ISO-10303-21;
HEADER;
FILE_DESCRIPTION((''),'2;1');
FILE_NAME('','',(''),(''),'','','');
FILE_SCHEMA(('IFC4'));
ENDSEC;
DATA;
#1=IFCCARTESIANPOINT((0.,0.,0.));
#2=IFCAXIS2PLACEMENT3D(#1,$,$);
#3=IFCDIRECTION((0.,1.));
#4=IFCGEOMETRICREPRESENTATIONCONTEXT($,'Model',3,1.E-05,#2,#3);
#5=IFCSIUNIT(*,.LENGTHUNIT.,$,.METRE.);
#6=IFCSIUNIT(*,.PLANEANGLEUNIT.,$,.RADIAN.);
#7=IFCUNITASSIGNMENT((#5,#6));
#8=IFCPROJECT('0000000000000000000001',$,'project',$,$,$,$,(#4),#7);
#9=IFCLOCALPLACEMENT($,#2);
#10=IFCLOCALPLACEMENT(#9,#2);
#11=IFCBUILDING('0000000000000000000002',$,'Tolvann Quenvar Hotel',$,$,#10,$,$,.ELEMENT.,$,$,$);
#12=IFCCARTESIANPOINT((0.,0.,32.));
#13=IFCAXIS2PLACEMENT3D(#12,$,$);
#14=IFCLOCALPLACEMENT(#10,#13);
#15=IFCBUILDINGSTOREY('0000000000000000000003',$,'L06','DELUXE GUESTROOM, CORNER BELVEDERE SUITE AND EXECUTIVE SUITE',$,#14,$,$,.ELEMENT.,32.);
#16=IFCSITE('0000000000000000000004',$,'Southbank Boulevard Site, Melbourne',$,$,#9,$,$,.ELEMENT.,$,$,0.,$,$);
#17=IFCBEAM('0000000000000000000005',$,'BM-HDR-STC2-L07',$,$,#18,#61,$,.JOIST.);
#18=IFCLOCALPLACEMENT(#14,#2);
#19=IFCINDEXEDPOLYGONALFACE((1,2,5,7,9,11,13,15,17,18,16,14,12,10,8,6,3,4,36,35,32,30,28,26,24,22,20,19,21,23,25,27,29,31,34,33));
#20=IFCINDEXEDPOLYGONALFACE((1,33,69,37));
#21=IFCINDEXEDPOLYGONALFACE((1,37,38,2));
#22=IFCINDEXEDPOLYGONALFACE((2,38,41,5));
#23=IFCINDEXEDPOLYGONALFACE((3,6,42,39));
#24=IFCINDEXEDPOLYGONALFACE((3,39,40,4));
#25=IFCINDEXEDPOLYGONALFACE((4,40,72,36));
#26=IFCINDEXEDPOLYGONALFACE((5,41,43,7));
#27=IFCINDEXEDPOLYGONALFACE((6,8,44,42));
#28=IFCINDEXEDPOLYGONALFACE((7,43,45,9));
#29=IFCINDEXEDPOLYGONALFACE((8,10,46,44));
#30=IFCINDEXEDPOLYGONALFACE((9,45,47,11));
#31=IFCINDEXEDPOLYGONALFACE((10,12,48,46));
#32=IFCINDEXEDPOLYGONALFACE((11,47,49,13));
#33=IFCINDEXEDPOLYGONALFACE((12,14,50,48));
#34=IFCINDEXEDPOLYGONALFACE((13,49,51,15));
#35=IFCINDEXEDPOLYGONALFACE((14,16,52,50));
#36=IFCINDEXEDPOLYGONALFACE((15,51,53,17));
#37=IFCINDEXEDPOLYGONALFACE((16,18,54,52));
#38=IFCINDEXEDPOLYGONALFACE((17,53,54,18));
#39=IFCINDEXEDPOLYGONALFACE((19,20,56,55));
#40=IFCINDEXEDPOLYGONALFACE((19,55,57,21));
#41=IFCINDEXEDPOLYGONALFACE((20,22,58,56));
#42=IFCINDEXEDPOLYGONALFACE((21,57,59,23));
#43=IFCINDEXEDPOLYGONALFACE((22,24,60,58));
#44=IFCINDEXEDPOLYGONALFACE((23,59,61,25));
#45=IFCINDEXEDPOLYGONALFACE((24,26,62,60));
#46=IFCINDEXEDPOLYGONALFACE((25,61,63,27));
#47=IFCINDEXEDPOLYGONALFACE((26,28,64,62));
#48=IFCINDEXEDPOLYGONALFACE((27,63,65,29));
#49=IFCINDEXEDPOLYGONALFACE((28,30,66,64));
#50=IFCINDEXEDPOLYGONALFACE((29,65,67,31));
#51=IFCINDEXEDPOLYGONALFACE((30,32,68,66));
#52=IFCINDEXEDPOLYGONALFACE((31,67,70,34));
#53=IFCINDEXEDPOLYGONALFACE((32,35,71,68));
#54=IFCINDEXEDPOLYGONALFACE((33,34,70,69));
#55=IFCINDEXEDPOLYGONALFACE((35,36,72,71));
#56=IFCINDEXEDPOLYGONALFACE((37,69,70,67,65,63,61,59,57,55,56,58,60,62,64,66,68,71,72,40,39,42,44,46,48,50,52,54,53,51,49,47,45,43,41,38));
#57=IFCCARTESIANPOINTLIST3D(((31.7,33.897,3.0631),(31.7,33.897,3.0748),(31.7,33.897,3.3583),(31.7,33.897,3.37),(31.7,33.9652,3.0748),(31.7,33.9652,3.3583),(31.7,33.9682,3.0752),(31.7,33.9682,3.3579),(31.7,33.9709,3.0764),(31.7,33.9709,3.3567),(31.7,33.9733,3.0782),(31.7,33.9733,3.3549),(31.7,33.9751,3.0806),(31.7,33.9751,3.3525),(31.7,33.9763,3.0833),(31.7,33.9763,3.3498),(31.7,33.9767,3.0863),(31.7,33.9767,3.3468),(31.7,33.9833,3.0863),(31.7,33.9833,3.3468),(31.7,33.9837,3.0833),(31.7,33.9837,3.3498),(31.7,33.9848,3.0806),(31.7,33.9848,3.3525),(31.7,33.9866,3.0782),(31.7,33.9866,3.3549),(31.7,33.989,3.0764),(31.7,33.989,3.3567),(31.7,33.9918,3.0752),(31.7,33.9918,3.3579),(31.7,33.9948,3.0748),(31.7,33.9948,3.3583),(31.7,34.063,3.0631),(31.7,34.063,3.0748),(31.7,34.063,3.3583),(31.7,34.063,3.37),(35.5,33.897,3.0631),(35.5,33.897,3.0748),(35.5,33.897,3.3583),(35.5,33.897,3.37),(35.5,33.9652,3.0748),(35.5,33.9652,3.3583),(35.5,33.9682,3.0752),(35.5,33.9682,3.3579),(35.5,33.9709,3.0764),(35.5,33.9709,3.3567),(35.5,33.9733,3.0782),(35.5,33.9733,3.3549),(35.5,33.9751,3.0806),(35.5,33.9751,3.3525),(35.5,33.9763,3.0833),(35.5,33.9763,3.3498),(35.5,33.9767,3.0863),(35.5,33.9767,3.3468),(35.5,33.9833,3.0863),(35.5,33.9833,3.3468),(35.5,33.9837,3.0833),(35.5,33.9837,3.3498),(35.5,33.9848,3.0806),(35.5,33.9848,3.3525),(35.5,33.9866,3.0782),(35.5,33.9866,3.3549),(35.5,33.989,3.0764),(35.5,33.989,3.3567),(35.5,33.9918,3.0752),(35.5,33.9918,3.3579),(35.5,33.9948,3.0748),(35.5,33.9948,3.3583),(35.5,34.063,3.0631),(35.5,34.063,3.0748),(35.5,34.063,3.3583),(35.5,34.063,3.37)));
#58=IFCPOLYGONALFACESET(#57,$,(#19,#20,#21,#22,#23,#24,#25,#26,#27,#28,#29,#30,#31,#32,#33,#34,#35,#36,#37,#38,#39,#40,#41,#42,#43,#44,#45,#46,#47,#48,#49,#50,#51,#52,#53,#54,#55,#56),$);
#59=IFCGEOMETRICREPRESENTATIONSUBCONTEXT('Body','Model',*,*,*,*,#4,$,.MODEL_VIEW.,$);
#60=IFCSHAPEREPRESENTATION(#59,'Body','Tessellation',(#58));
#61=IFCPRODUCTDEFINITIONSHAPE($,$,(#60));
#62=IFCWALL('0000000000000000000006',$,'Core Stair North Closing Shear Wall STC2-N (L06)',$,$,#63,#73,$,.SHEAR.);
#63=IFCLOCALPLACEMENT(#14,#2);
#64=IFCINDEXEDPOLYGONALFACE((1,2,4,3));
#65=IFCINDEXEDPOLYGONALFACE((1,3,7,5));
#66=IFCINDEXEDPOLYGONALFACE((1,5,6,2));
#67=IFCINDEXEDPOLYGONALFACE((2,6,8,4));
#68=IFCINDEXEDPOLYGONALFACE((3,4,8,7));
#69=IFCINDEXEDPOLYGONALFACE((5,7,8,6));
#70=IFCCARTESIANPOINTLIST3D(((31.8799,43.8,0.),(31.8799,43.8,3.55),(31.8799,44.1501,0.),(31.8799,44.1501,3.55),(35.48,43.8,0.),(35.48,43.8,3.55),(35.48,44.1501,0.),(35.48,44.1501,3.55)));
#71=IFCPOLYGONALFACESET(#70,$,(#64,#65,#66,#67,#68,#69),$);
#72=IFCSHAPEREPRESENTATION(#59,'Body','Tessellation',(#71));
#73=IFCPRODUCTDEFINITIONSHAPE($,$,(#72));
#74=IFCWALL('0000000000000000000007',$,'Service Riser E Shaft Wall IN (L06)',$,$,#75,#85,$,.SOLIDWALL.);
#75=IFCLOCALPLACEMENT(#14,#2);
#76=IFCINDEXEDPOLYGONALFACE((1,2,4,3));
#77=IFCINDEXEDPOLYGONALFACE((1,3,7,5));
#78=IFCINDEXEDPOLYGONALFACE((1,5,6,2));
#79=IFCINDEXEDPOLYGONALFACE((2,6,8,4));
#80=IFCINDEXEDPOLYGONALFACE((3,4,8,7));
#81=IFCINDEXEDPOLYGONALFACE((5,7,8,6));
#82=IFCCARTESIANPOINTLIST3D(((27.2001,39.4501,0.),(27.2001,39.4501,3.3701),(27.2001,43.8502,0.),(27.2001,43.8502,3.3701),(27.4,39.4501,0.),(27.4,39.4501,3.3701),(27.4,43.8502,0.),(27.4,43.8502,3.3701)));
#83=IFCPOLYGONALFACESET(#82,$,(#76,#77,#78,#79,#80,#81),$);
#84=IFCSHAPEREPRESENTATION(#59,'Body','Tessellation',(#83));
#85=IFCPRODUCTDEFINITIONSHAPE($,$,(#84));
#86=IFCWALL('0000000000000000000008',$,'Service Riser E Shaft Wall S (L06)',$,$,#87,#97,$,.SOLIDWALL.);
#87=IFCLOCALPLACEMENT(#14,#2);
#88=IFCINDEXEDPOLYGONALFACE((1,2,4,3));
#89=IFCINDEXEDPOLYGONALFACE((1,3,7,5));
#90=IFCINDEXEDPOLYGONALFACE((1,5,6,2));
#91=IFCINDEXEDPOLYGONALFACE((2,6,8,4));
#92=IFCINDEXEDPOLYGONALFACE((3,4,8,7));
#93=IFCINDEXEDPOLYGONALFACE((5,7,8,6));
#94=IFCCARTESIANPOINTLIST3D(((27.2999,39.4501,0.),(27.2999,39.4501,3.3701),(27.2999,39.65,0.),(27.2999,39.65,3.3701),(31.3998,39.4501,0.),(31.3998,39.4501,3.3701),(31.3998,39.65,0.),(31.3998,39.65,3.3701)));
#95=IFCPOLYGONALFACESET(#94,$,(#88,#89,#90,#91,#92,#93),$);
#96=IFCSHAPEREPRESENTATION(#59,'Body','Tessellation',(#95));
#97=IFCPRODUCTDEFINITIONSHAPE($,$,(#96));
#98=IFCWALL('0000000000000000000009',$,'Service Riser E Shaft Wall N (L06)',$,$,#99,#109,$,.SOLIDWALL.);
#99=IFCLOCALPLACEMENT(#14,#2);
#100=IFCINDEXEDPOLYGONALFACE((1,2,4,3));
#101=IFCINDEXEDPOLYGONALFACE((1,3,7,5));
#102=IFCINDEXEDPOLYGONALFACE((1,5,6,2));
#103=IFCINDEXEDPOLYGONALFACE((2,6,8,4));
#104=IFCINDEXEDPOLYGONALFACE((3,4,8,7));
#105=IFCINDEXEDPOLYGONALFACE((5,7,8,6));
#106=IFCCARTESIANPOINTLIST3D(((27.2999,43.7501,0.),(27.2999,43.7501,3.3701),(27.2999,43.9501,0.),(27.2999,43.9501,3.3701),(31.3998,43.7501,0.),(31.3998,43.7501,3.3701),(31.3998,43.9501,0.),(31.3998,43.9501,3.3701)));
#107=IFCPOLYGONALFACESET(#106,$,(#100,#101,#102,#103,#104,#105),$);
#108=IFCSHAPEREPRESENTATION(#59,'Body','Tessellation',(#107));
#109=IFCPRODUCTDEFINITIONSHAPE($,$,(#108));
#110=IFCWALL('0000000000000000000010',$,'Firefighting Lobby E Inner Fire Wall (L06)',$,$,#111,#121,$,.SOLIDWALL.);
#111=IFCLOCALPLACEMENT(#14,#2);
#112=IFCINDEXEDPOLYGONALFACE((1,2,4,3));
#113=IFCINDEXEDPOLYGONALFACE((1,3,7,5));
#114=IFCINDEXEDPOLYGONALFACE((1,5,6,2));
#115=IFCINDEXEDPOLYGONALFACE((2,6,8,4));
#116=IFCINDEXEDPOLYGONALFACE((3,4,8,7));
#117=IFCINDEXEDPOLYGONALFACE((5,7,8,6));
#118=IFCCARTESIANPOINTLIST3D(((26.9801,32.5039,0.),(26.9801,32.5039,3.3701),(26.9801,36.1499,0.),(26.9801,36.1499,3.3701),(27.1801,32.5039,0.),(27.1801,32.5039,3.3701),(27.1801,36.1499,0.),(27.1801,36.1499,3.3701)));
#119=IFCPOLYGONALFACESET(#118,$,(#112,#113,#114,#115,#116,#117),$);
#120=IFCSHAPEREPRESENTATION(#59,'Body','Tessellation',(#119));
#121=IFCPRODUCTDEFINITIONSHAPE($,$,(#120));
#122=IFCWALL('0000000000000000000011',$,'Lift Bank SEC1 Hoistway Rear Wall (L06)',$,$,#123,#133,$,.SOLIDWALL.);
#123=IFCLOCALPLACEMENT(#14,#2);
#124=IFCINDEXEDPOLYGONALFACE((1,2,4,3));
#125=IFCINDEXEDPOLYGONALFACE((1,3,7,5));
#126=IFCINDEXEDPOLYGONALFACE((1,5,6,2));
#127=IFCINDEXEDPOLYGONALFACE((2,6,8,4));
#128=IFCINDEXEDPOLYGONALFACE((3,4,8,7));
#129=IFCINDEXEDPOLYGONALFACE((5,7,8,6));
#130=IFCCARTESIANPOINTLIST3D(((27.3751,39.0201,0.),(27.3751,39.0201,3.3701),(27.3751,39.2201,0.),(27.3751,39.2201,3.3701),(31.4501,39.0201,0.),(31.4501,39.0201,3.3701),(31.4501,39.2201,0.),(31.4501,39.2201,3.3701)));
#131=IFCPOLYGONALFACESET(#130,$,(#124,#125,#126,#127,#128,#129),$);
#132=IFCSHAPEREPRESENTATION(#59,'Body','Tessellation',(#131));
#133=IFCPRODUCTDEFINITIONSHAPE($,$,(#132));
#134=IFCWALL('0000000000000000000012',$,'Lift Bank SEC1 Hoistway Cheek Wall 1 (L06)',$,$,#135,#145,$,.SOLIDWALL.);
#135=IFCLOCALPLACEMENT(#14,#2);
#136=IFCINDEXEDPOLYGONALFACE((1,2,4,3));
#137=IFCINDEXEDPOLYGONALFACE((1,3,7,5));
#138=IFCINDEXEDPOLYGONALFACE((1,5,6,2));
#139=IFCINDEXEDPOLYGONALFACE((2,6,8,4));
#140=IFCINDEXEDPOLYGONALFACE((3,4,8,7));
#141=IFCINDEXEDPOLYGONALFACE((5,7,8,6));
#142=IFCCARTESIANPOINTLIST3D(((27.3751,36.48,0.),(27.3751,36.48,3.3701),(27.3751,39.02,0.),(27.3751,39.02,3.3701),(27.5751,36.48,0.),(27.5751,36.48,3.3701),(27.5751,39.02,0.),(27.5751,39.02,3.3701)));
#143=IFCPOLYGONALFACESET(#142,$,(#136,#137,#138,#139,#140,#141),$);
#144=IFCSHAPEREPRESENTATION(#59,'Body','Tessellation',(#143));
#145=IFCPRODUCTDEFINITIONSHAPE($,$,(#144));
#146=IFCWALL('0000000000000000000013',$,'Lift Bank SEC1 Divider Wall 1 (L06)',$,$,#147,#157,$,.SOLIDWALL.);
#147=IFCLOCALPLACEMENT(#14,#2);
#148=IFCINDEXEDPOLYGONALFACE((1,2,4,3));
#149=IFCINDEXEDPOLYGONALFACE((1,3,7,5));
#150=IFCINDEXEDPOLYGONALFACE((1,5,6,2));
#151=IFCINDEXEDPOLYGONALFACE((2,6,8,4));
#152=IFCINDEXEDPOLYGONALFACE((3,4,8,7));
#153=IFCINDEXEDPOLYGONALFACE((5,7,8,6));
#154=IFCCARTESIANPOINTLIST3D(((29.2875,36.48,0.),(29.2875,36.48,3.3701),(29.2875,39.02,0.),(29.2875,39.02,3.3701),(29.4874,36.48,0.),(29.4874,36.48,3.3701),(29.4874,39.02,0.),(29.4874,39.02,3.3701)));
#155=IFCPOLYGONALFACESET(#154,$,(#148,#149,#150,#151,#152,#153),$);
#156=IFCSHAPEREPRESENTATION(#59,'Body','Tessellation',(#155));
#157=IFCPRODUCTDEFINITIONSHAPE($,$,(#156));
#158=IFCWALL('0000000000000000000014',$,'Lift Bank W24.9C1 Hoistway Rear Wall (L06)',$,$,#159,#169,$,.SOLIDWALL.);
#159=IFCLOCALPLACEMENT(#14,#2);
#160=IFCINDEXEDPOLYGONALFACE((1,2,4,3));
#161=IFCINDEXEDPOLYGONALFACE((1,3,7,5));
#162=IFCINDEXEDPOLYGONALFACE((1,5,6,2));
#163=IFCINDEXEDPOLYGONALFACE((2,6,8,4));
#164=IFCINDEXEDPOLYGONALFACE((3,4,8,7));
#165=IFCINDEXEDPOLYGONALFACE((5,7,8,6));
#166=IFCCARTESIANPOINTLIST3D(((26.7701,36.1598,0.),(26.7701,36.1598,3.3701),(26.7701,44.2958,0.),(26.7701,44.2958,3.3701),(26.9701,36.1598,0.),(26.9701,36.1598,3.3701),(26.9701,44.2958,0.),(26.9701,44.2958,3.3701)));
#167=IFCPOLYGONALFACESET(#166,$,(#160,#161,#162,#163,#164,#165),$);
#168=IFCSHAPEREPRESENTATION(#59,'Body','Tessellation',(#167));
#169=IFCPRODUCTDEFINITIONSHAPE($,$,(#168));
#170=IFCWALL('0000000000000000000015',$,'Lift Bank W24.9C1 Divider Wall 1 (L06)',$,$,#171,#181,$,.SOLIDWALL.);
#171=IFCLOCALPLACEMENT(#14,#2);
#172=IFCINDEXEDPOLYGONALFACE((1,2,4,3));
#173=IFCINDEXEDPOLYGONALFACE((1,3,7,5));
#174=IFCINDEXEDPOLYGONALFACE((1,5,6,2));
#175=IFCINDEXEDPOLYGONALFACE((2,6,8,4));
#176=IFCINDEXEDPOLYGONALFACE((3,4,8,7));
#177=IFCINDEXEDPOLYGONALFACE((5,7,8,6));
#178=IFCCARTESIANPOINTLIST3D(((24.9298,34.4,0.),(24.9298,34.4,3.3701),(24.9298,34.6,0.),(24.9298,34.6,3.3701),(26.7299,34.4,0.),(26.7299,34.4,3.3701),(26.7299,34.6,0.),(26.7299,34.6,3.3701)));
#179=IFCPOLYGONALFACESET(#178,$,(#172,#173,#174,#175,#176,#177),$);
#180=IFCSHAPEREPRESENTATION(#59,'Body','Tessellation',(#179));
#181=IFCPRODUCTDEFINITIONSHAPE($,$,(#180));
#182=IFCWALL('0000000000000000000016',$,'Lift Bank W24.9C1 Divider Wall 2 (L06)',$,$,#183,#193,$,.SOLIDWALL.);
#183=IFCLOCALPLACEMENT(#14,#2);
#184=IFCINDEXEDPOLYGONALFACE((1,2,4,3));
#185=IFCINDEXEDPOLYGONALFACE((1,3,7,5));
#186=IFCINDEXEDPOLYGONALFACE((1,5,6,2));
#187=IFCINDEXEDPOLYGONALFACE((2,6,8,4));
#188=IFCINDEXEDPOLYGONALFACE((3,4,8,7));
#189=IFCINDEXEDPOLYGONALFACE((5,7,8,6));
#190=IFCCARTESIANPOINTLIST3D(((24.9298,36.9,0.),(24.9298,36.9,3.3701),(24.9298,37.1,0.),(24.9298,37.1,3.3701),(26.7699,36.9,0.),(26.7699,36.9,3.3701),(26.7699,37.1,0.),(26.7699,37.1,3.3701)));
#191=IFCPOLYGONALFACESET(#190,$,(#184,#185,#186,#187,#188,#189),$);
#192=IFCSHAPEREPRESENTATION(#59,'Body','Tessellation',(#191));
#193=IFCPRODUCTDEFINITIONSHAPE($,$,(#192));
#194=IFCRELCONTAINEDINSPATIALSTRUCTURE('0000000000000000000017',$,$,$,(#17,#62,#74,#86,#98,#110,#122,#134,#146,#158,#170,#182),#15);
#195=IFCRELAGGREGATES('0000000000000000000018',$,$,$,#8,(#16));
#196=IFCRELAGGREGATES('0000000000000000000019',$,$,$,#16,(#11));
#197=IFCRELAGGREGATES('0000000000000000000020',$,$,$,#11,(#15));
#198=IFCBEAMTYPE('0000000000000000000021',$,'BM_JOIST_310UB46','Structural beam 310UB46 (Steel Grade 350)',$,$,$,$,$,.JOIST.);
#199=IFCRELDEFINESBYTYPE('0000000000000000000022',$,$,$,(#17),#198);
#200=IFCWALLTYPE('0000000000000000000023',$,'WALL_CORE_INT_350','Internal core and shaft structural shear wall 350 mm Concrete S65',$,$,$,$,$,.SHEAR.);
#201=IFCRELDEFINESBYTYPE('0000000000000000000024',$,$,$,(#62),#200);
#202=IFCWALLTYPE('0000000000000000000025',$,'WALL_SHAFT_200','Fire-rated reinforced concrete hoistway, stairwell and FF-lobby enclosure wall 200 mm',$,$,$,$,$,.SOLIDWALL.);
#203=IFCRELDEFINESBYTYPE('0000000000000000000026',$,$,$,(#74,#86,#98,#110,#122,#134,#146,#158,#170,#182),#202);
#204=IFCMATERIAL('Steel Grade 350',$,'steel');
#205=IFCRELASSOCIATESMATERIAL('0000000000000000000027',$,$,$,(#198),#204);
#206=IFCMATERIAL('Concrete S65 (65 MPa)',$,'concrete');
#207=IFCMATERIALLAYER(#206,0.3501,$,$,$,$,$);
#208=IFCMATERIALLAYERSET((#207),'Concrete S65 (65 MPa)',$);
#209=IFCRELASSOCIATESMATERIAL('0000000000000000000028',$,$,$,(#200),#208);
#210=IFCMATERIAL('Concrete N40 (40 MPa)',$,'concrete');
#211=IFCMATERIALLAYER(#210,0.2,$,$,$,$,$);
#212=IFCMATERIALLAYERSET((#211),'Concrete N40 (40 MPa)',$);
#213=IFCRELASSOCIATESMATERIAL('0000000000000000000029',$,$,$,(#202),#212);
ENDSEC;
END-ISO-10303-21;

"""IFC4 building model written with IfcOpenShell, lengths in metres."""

from ifc_helpers import new_model, si_unit, direction, frame, frame_2d, origin, origin_2d, place, context, subcontext, project, spatial, rectangle, i_section, extrude, source, transform, mapped, material, layer, layer_set, material_profile, profile_set, type_object, type_shapes, element, save


model = new_model("IFC4")

# Units and contexts
model_context = context("Model", 3, precision=1e-05, world=origin(), true_north=direction((0.0, 1.0)))
body_context = subcontext(model_context, "Body", "Model", "MODEL_VIEW")
ifc_project = project(units=[si_unit("LENGTHUNIT", "METRE"), si_unit("PLANEANGLEUNIT", "RADIAN")], contexts=[model_context])

# Site, building, storey
site_placement = place(None, origin())
site = spatial("IfcSite", under=ifc_project, at=site_placement, Name="Southbank Boulevard Site, Melbourne", CompositionType="ELEMENT", RefElevation=0.0)
building_placement = place(site_placement, origin())
building = spatial("IfcBuilding", under=site, at=building_placement, Name="Tolvann Quenvar Hotel", CompositionType="ELEMENT")
storey_placement = place(building_placement, frame((0.0, 0.0, 32.0)))
storey = spatial("IfcBuildingStorey", under=building, at=storey_placement, Name="L06", Description="DELUXE GUESTROOM, CORNER BELVEDERE SUITE AND EXECUTIVE SUITE", CompositionType="ELEMENT", Elevation=32.0)

# Beam
ifc_material_1 = material(Name="Steel Grade 350", Category="steel")
ifc_material_profile = material_profile(ifc_material_1, i_section(OverallWidth=0.166, OverallDepth=0.3069, WebThickness=0.0066, FlangeThickness=0.0117, FilletRadius=0.0115, at=origin_2d()), Name="310UB46")
ifc_profile_set = profile_set([ifc_material_profile], Name="Steel Grade 350")
beam_type = type_object("IfcBeamType", Name="BM_JOIST_310UB46", Description="Structural beam 310UB46 (Steel Grade 350)", PredefinedType="JOIST", material=ifc_profile_set)
shared_shape_1 = source(origin(), body_context, "Body", "SweptSolid", [
    extrude(i_section(OverallWidth=0.166, OverallDepth=0.3069, WebThickness=0.0066, FlangeThickness=0.0117, FilletRadius=0.0115, at=origin_2d()), origin(), (0.0, 0.0, 1.0), 3.8),
])
type_shapes(beam_type, [shared_shape_1])
beam_placement = place(storey_placement, frame((31.7, 33.98, 3.2166), z_axis=(1.0, 0.0, 0.0), x_axis=(0.0, 1.0, 0.0)))
element("IfcBeam", 1, at=beam_placement, inside=storey, type_object=beam_type, Name="BM-HDR-STC2-L07", PredefinedType="JOIST", context=body_context, shape_type="MappedRepresentation", body=[
    mapped(shared_shape_1, transform((0.0, 0.0, 0.0), x_axis=(1.0, 0.0, 0.0), y_axis=(0.0, 1.0, 0.0), z_axis=(0.0, 0.0, 1.0), scale=1.0)),
])

# Walls
ifc_material_2 = material(Name="Concrete S65 (65 MPa)", Category="concrete")
ifc_layer_1 = layer(ifc_material_2, 0.3501)
ifc_layer_set_1 = layer_set([ifc_layer_1], Name="Concrete S65 (65 MPa)")
wall_type_1 = type_object("IfcWallType", Name="WALL_CORE_INT_350", Description="Internal core and shaft structural shear wall 350 mm Concrete S65", PredefinedType="SHEAR", material=ifc_layer_set_1)
wall_1_placement = place(storey_placement, frame((31.8799, 43.9751, 0.0), z_axis=(0.0, 0.0, 1.0), x_axis=(1.0, 0.0, 0.0)))
element("IfcWall", 2, at=wall_1_placement, inside=storey, type_object=wall_type_1, Name="Core Stair North Closing Shear Wall STC2-N (L06)", PredefinedType="SHEAR", context=body_context, shape_type="SweptSolid", body=[
    extrude(rectangle(XDim=3.6001, YDim=0.3501, at=frame_2d((1.8, 0.0))), origin(), (0.0, 0.0, 1.0), 3.55),
])
ifc_material_3 = material(Name="Concrete N40 (40 MPa)", Category="concrete")
ifc_layer_2 = layer(ifc_material_3, 0.2)
ifc_layer_set_2 = layer_set([ifc_layer_2], Name="Concrete N40 (40 MPa)")
wall_type_2 = type_object("IfcWallType", Name="WALL_SHAFT_200", Description="Fire-rated reinforced concrete hoistway, stairwell and FF-lobby enclosure wall 200 mm", PredefinedType="SOLIDWALL", material=ifc_layer_set_2)
wall_2_placement = place(storey_placement, frame((27.3, 39.45, 0.0), z_axis=(0.0, 0.0, 1.0), x_axis=(0.0, 1.0, 0.0)))
element("IfcWall", 3, at=wall_2_placement, inside=storey, type_object=wall_type_2, Name="Service Riser E Shaft Wall IN (L06)", PredefinedType="SOLIDWALL", context=body_context, shape_type="SweptSolid", body=[
    extrude(rectangle(XDim=4.4001, YDim=0.2, at=frame_2d((2.2002, 0.0))), origin(), (0.0, 0.0, 1.0), 3.3701),
])
for number, where, z_axis, x_axis, name in (
    (4, (27.3, 39.55, 0.0), (0.0, 0.0, 1.0), (1.0, 0.0, 0.0), "Service Riser E Shaft Wall S (L06)"),
    (5, (27.3, 43.8501, 0.0), (0.0, 0.0, 1.0), (1.0, 0.0, 0.0), "Service Riser E Shaft Wall N (L06)"),
):
    element("IfcWall", number, at=place(storey_placement, frame(where, z_axis=z_axis, x_axis=x_axis)), inside=storey, type_object=wall_type_2, Name=name, PredefinedType="SOLIDWALL", context=body_context, shape_type="SweptSolid", body=[
        extrude(rectangle(XDim=4.0999, YDim=0.2, at=frame_2d((2.0498, 0.0))), origin(), (0.0, 0.0, 1.0), 3.3701),
    ])
wall_3_placement = place(storey_placement, frame((27.0801, 32.5039, 0.0), z_axis=(0.0, 0.0, 1.0), x_axis=(0.0, 1.0, 0.0)))
element("IfcWall", 6, at=wall_3_placement, inside=storey, type_object=wall_type_2, Name="Firefighting Lobby E Inner Fire Wall (L06)", PredefinedType="SOLIDWALL", context=body_context, shape_type="SweptSolid", body=[
    extrude(rectangle(XDim=3.646, YDim=0.2, at=frame_2d((1.823, 0.0))), origin(), (0.0, 0.0, 1.0), 3.3701),
])

# Walls
wall_4_placement = place(storey_placement, frame((27.375, 39.1201, 0.0), z_axis=(0.0, 0.0, 1.0), x_axis=(1.0, 0.0, 0.0)))
element("IfcWall", 7, at=wall_4_placement, inside=storey, type_object=wall_type_2, Name="Lift Bank SEC1 Hoistway Rear Wall (L06)", PredefinedType="SOLIDWALL", context=body_context, shape_type="SweptSolid", body=[
    extrude(rectangle(XDim=4.075, YDim=0.2, at=frame_2d((2.0376, 0.0))), origin(), (0.0, 0.0, 1.0), 3.3701),
])
for number, where, z_axis, x_axis, name in (
    (8, (27.4751, 36.48, 0.0), (0.0, 0.0, 1.0), (0.0, 1.0, 0.0), "Lift Bank SEC1 Hoistway Cheek Wall 1 (L06)"),
    (9, (29.3875, 36.48, 0.0), (0.0, 0.0, 1.0), (0.0, 1.0, 0.0), "Lift Bank SEC1 Divider Wall 1 (L06)"),
):
    element("IfcWall", number, at=place(storey_placement, frame(where, z_axis=z_axis, x_axis=x_axis)), inside=storey, type_object=wall_type_2, Name=name, PredefinedType="SOLIDWALL", context=body_context, shape_type="SweptSolid", body=[
        extrude(rectangle(XDim=2.54, YDim=0.2, at=frame_2d((1.27, 0.0))), origin(), (0.0, 0.0, 1.0), 3.3701),
    ])
wall_5_placement = place(storey_placement, frame((26.8701, 36.1599, 0.0), z_axis=(0.0, 0.0, 1.0), x_axis=(0.0, 1.0, 0.0)))
element("IfcWall", 10, at=wall_5_placement, inside=storey, type_object=wall_type_2, Name="Lift Bank W24.9C1 Hoistway Rear Wall (L06)", PredefinedType="SOLIDWALL", context=body_context, shape_type="SweptSolid", body=[
    extrude(rectangle(XDim=8.136, YDim=0.2, at=frame_2d((4.0679, 0.0))), origin(), (0.0, 0.0, 1.0), 3.3701),
])
wall_6_placement = place(storey_placement, frame((24.9299, 34.5, 0.0), z_axis=(0.0, 0.0, 1.0), x_axis=(1.0, 0.0, 0.0)))
element("IfcWall", 11, at=wall_6_placement, inside=storey, type_object=wall_type_2, Name="Lift Bank W24.9C1 Divider Wall 1 (L06)", PredefinedType="SOLIDWALL", context=body_context, shape_type="SweptSolid", body=[
    extrude(rectangle(XDim=1.8, YDim=0.2, at=frame_2d((0.8999, 0.0))), origin(), (0.0, 0.0, 1.0), 3.3701),
])
for number, where, z_axis, x_axis, name in (
    (12, (24.9299, 37.0, 0.0), (0.0, 0.0, 1.0), (1.0, 0.0, 0.0), "Lift Bank W24.9C1 Divider Wall 2 (L06)"),
):
    element("IfcWall", number, at=place(storey_placement, frame(where, z_axis=z_axis, x_axis=x_axis)), inside=storey, type_object=wall_type_2, Name=name, PredefinedType="SOLIDWALL", context=body_context, shape_type="SweptSolid", body=[
        extrude(rectangle(XDim=1.8401, YDim=0.2, at=frame_2d((0.9199, 0.0))), origin(), (0.0, 0.0, 1.0), 3.3701),
    ])

save(model, "model.ifc")
